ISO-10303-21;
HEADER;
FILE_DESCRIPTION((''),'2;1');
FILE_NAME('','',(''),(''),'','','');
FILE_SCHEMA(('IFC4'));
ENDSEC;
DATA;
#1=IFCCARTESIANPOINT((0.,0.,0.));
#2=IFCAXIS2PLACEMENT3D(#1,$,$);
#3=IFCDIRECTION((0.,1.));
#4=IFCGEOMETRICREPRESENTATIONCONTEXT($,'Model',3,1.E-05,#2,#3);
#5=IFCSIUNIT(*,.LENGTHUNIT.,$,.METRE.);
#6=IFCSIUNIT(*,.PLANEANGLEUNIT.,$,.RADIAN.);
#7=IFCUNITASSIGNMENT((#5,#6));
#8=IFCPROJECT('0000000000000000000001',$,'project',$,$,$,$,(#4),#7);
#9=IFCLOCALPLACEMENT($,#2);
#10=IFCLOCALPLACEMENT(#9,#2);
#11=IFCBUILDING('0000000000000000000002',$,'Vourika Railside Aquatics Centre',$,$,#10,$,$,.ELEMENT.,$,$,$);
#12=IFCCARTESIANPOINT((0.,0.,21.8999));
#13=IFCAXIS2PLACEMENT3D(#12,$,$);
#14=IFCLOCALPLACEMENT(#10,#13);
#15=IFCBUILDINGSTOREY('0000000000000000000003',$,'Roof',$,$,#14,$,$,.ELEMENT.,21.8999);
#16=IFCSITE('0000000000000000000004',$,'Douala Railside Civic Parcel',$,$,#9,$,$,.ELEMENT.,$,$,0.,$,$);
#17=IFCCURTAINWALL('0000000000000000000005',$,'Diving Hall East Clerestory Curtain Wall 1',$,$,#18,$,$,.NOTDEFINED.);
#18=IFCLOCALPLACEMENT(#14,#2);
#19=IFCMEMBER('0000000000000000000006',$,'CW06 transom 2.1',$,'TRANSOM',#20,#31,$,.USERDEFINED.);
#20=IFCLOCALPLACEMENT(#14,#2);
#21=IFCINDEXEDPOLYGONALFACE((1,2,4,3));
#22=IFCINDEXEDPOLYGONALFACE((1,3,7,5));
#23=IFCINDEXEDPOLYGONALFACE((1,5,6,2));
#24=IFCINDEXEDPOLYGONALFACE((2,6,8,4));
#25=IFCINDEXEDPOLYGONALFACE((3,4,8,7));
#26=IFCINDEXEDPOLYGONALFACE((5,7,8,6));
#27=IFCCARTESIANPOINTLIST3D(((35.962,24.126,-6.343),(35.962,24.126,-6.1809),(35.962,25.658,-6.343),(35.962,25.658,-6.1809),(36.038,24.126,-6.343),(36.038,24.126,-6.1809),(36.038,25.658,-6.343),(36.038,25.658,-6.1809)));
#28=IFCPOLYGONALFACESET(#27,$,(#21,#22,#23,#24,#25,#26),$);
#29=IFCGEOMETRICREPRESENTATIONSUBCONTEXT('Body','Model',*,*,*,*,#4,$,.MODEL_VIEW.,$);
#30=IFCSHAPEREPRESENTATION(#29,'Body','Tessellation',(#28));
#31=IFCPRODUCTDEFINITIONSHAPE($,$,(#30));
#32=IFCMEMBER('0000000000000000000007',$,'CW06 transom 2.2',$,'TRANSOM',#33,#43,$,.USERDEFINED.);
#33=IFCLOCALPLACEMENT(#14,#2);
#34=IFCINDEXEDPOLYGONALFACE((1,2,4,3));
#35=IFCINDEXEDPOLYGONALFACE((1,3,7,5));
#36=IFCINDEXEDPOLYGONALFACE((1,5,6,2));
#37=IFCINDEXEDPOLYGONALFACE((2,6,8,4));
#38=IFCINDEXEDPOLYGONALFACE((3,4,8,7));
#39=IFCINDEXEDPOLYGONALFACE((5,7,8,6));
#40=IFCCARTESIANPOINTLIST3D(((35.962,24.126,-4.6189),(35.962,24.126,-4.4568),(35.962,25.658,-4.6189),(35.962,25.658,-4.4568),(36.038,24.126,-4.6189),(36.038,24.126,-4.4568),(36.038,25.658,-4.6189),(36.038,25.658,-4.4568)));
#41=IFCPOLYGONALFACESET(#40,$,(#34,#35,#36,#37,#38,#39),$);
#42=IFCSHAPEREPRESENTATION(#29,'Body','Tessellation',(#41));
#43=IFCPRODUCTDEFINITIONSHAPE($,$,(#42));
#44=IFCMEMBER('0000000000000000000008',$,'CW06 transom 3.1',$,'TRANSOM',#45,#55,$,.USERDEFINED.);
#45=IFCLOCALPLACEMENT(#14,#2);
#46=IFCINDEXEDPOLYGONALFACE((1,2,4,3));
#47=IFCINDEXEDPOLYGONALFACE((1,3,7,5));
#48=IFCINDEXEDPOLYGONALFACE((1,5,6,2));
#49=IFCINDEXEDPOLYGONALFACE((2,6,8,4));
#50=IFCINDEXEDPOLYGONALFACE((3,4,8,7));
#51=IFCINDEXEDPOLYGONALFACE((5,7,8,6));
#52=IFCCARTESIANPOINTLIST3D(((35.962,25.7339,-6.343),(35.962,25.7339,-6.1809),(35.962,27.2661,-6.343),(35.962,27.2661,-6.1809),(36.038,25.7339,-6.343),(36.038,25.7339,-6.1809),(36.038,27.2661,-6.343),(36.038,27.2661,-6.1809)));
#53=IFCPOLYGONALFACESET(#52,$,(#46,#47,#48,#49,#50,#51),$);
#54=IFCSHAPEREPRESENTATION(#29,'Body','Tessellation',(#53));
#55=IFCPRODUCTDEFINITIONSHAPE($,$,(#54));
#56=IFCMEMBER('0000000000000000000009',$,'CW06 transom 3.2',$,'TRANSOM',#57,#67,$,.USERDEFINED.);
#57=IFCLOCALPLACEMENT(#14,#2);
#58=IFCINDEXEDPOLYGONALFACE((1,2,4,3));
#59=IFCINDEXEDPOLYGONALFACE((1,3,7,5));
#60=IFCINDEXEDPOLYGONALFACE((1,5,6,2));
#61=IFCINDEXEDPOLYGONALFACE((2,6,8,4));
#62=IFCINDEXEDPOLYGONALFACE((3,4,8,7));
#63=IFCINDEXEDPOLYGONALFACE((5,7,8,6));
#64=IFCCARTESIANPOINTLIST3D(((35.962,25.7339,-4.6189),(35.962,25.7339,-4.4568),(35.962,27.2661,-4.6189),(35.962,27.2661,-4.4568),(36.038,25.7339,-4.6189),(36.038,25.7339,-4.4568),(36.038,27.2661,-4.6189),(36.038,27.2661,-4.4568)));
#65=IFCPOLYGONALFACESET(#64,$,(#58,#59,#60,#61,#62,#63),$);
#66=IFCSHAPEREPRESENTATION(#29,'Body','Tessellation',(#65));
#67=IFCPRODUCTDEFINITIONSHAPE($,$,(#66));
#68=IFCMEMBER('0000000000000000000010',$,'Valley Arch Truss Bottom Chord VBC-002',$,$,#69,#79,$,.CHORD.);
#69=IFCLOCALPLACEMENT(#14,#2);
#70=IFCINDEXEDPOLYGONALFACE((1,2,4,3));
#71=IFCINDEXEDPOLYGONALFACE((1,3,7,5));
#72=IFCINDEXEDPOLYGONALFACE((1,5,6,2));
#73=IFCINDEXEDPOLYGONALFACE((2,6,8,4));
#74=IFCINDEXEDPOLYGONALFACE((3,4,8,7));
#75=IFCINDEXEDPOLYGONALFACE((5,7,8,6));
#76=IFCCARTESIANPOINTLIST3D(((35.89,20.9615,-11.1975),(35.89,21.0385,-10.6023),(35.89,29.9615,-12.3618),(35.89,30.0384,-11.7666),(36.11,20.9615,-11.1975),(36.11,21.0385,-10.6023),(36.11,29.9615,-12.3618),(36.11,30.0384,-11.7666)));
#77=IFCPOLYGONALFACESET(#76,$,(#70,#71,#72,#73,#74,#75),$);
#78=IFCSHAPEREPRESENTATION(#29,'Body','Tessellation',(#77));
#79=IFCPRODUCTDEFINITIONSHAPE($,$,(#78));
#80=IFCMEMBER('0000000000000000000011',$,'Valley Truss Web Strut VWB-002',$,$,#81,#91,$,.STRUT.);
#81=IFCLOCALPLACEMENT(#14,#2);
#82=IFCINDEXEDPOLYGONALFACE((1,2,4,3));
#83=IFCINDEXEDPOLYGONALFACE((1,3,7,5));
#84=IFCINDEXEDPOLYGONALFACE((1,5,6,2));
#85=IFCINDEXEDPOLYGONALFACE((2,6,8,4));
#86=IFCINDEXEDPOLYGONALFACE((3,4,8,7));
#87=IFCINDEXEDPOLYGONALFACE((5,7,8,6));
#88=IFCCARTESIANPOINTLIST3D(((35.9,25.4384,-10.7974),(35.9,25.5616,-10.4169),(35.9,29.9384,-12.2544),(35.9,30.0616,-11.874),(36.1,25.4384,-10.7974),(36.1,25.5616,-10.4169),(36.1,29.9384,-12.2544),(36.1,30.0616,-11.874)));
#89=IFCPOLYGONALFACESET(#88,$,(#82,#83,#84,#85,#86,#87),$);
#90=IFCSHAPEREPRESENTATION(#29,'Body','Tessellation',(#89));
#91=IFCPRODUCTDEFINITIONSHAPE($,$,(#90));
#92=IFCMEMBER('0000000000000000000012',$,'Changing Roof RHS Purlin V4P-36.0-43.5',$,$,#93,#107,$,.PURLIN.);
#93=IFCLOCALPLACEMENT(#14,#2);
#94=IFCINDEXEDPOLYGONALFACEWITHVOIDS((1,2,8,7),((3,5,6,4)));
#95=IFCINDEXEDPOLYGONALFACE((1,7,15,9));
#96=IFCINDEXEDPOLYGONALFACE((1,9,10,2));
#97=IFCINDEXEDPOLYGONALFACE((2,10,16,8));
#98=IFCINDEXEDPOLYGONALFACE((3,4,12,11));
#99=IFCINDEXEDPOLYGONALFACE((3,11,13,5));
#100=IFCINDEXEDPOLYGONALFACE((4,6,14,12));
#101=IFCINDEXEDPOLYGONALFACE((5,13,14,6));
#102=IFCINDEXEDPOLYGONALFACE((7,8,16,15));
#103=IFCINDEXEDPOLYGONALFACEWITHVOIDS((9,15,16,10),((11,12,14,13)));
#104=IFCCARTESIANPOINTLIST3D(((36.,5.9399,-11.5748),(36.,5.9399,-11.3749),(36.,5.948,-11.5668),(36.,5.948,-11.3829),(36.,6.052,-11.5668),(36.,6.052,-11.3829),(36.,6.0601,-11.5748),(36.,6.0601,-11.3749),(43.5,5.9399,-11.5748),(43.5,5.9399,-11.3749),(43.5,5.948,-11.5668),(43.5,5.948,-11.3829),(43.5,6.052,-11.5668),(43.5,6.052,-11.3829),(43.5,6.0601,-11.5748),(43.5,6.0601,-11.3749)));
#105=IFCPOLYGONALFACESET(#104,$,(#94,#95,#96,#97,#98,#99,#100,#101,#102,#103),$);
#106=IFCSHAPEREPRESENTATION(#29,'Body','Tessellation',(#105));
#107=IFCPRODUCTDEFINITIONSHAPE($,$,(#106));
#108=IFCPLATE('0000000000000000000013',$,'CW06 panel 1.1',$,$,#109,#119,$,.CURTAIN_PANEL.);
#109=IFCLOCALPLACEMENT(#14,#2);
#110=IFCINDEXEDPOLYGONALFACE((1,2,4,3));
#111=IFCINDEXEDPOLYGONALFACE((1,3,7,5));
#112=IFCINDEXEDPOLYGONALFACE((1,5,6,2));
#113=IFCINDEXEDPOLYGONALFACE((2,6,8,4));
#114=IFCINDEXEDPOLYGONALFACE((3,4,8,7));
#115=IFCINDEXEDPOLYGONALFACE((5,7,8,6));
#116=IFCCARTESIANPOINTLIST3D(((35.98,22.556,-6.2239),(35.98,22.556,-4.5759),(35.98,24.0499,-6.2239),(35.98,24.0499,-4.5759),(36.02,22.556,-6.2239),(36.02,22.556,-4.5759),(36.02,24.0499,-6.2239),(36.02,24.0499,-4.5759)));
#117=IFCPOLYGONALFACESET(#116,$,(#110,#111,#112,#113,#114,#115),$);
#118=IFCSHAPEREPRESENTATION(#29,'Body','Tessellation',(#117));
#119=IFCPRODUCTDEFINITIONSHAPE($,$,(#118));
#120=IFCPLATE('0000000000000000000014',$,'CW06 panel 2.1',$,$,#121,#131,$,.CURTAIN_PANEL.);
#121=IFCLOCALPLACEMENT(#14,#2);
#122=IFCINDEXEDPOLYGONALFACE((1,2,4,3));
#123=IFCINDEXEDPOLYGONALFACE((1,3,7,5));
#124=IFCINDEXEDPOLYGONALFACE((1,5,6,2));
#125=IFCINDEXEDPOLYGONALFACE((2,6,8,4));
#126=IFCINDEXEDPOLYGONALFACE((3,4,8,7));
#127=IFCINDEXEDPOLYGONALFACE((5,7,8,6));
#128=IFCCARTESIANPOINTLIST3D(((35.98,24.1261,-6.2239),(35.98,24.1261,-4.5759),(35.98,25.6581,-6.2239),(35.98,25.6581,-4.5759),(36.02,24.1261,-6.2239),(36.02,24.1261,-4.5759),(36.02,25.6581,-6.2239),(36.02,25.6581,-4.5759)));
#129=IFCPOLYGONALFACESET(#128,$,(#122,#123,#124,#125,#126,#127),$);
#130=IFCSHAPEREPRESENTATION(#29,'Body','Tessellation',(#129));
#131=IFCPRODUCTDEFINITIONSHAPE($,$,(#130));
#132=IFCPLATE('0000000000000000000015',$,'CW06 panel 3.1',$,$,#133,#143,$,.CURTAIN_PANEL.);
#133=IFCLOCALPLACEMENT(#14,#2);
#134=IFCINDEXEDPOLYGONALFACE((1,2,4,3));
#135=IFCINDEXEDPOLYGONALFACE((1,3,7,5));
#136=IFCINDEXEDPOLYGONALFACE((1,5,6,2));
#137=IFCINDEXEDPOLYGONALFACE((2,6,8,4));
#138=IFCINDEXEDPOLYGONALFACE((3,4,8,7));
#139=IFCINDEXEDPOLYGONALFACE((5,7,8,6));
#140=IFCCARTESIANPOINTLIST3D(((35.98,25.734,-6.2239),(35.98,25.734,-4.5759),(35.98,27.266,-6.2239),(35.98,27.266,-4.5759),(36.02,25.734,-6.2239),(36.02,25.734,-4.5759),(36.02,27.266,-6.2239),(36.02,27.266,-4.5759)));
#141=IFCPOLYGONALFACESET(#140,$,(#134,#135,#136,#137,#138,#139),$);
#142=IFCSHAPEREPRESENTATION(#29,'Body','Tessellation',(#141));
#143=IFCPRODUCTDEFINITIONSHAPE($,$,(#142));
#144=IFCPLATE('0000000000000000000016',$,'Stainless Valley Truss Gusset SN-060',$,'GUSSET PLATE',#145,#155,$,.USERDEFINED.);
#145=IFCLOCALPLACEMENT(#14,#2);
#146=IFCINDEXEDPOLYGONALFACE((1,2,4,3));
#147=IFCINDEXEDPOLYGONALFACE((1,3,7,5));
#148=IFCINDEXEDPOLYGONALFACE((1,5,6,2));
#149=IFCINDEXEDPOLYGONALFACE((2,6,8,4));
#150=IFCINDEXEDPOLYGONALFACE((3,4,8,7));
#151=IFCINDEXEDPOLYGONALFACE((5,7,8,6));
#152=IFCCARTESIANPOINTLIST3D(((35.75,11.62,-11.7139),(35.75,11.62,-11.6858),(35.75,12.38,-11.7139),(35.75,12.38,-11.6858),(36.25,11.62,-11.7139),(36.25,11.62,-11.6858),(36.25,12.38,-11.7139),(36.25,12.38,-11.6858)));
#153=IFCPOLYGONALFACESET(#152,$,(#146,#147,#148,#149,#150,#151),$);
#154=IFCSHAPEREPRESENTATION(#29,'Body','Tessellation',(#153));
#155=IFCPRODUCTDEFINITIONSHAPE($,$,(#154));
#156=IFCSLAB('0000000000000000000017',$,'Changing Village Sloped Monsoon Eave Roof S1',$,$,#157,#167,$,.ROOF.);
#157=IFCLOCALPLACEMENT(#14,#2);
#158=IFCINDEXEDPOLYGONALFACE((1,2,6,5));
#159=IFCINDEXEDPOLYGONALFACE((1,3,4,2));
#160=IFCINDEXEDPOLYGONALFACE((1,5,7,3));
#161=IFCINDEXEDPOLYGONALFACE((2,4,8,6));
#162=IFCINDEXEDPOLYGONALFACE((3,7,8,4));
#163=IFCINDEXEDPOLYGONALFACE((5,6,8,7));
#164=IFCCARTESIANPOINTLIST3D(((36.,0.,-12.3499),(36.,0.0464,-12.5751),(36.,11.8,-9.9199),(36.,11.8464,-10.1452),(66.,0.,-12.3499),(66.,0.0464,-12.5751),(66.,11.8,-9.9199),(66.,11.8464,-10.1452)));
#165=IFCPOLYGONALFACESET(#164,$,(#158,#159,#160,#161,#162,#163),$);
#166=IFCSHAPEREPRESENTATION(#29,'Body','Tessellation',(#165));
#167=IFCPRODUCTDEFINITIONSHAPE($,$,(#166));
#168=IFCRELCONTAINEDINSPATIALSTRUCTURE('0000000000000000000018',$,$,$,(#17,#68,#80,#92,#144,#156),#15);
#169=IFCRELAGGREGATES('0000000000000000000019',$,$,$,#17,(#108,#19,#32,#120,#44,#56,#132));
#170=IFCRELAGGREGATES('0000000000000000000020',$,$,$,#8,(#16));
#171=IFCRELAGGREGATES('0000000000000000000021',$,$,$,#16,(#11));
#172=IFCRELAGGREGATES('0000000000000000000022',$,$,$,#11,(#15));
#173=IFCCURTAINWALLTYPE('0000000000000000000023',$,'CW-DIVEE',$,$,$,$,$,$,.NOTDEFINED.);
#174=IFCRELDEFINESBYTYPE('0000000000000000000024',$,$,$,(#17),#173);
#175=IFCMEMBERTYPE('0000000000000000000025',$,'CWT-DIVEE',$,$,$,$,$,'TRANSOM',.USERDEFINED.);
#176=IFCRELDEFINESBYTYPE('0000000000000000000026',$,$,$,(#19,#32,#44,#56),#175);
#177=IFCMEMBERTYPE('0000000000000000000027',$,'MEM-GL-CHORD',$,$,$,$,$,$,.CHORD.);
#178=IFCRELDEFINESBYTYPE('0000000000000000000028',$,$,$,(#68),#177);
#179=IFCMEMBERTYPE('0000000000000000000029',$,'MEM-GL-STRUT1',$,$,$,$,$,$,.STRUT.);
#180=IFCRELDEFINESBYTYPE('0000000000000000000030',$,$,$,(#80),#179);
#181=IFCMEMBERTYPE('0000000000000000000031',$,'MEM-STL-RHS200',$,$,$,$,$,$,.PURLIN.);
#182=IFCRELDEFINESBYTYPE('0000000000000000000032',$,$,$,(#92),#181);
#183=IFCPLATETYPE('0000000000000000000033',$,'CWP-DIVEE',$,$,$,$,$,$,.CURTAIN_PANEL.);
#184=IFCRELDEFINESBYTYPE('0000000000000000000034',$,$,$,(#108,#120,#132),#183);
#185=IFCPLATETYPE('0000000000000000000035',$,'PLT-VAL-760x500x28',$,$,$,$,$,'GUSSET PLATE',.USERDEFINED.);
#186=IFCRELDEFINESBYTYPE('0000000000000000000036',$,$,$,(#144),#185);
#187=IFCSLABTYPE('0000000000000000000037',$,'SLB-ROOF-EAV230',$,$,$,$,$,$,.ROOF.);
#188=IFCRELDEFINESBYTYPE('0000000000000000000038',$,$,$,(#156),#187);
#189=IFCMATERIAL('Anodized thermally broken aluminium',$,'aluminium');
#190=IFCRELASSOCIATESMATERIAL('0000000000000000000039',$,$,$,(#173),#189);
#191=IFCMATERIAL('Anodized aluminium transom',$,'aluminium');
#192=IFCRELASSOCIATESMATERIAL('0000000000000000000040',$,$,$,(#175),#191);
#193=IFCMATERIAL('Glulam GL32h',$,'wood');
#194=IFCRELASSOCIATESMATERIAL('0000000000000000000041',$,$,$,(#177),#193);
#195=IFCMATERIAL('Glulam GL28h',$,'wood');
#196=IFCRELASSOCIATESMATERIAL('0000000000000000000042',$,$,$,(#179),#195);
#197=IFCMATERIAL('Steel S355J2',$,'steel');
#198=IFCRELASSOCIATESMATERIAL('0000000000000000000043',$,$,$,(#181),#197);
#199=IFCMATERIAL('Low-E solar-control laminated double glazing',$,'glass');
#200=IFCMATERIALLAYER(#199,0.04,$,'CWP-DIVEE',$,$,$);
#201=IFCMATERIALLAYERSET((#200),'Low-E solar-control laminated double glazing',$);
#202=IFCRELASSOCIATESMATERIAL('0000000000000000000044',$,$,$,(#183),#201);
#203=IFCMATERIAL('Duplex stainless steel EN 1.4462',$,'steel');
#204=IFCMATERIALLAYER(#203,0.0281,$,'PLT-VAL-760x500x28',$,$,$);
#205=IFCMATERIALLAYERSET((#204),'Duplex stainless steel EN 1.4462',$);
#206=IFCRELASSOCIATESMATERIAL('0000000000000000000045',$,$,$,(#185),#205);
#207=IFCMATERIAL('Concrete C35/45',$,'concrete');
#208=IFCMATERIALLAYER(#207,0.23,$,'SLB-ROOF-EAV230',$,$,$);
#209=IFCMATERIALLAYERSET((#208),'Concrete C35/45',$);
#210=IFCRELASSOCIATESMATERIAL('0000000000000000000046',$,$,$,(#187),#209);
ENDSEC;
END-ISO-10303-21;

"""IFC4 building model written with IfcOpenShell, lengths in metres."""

from ifc_helpers import new_model, si_unit, direction, frame, origin, origin_2d, place, context, subcontext, project, spatial, polyline, rectangle, hollow_rectangle, outline, extrude, material, layer, layer_set, material_profile, profile_set, type_object, element, aggregate, save


model = new_model("IFC4")

# Units and contexts
model_context = context("Model", 3, precision=1e-05, world=origin(), true_north=direction((0.0, 1.0)))
body_context = subcontext(model_context, "Body", "Model", "MODEL_VIEW")
ifc_project = project(units=[si_unit("LENGTHUNIT", "METRE"), si_unit("PLANEANGLEUNIT", "RADIAN")], contexts=[model_context])

# Site, building, storey
site_placement = place(None, origin())
site = spatial("IfcSite", under=ifc_project, at=site_placement, Name="Douala Railside Civic Parcel", CompositionType="ELEMENT", RefElevation=0.0)
building_placement = place(site_placement, origin())
building = spatial("IfcBuilding", under=site, at=building_placement, Name="Vourika Railside Aquatics Centre", CompositionType="ELEMENT")
storey_placement = place(building_placement, frame((0.0, 0.0, 21.8999)))
storey = spatial("IfcBuildingStorey", under=building, at=storey_placement, Name="Roof", CompositionType="ELEMENT", Elevation=21.8999)

# Shared definitions
ifc_material_1 = material(Name="Steel S355J2", Category="steel")

# Shared definitions
ifc_material_2 = material(Name="Glulam GL32h", Category="wood")

# Curtain wall, members
ifc_material_3 = material(Name="Anodized thermally broken aluminium", Category="aluminium")
curtain_wall_type = type_object("IfcCurtainWallType", Name="CW-DIVEE", PredefinedType="NOTDEFINED", material=ifc_material_3)
curtain_wall_placement = place(storey_placement, origin())
curtain_wall = element("IfcCurtainWall", 1, at=curtain_wall_placement, inside=storey, type_object=curtain_wall_type, Name="Diving Hall East Clerestory Curtain Wall 1", PredefinedType="NOTDEFINED")
ifc_material_4 = material(Name="Anodized aluminium transom", Category="aluminium")
ifc_material_profile_1 = material_profile(ifc_material_4, rectangle(XDim=0.0759, YDim=0.1621, at=origin_2d()), Name="ALU-T 76x162")
ifc_profile_set_1 = profile_set([ifc_material_profile_1], Name="Anodized aluminium transom")
member_type_1 = type_object("IfcMemberType", Name="CWT-DIVEE", ElementType="TRANSOM", PredefinedType="USERDEFINED", material=ifc_profile_set_1)
member_1_placement = place(storey_placement, frame((36.0, 24.126, -6.262), z_axis=(0.0, 1.0, 0.0), x_axis=(-1.0, 0.0, 0.0)))
member_1 = element("IfcMember", 2, at=member_1_placement, type_object=member_type_1, Name="CW06 transom 2.1", ObjectType="TRANSOM", PredefinedType="USERDEFINED", context=body_context, shape_type="SweptSolid", body=[
    extrude(rectangle(XDim=0.0759, YDim=0.1621, at=origin_2d()), origin(), (0.0, 0.0, 1.0), 1.532),
])
member_2_placement = place(storey_placement, frame((36.0, 24.126, -4.5378), z_axis=(0.0, 1.0, 0.0), x_axis=(-1.0, 0.0, 0.0)))
member_2 = element("IfcMember", 3, at=member_2_placement, type_object=member_type_1, Name="CW06 transom 2.2", ObjectType="TRANSOM", PredefinedType="USERDEFINED", context=body_context, shape_type="SweptSolid", body=[
    extrude(rectangle(XDim=0.0759, YDim=0.1621, at=origin_2d()), origin(), (0.0, 0.0, 1.0), 1.532),
])
member_3_placement = place(storey_placement, frame((36.0, 25.7339, -6.262), z_axis=(0.0, 1.0, 0.0), x_axis=(-1.0, 0.0, 0.0)))
member_3 = element("IfcMember", 4, at=member_3_placement, type_object=member_type_1, Name="CW06 transom 3.1", ObjectType="TRANSOM", PredefinedType="USERDEFINED", context=body_context, shape_type="SweptSolid", body=[
    extrude(rectangle(XDim=0.0759, YDim=0.1621, at=origin_2d()), origin(), (0.0, 0.0, 1.0), 1.5322),
])
member_4_placement = place(storey_placement, frame((36.0, 25.7339, -4.5378), z_axis=(0.0, 1.0, 0.0), x_axis=(-1.0, 0.0, 0.0)))
member_4 = element("IfcMember", 5, at=member_4_placement, type_object=member_type_1, Name="CW06 transom 3.2", ObjectType="TRANSOM", PredefinedType="USERDEFINED", context=body_context, shape_type="SweptSolid", body=[
    extrude(rectangle(XDim=0.0759, YDim=0.1621, at=origin_2d()), origin(), (0.0, 0.0, 1.0), 1.5322),
])

# Members
ifc_material_profile_2 = material_profile(ifc_material_2, rectangle(XDim=0.22, YDim=0.6001, at=origin_2d()), Name="GL32h 220x600")
ifc_profile_set_2 = profile_set([ifc_material_profile_2], Name="Glulam GL32h")
member_type_2 = type_object("IfcMemberType", Name="MEM-GL-CHORD", PredefinedType="CHORD", material=ifc_profile_set_2)
member_5_placement = place(storey_placement, frame((36.0, 21.0, -10.8999), z_axis=(0.0, 0.991736, -0.128298), x_axis=(-1.0, 0.0, 0.0)))
element("IfcMember", 6, at=member_5_placement, inside=storey, type_object=member_type_2, Name="Valley Arch Truss Bottom Chord VBC-002", PredefinedType="CHORD", context=body_context, shape_type="SweptSolid", body=[
    extrude(rectangle(XDim=0.22, YDim=0.6001, at=origin_2d()), origin(), (0.0, 0.0, 1.0), 9.075),
])
ifc_material_5 = material(Name="Glulam GL28h", Category="wood")
ifc_material_profile_3 = material_profile(ifc_material_5, rectangle(XDim=0.2, YDim=0.3999, at=origin_2d()), Name="GL28h 200x400")
ifc_profile_set_3 = profile_set([ifc_material_profile_3], Name="Glulam GL28h")
member_type_3 = type_object("IfcMemberType", Name="MEM-GL-STRUT1", PredefinedType="STRUT", material=ifc_profile_set_3)
member_6_placement = place(storey_placement, frame((36.0, 25.5, -10.6072), z_axis=(0.0, 0.951373, -0.30804), x_axis=(-1.0, 0.0, 0.0)))
element("IfcMember", 7, at=member_6_placement, inside=storey, type_object=member_type_3, Name="Valley Truss Web Strut VWB-002", PredefinedType="STRUT", context=body_context, shape_type="SweptSolid", body=[
    extrude(rectangle(XDim=0.2, YDim=0.3999, at=origin_2d()), origin(), (0.0, 0.0, 1.0), 4.73),
])
ifc_material_profile_4 = material_profile(ifc_material_1, hollow_rectangle(XDim=0.1201, YDim=0.2, WallThickness=0.0081, at=origin_2d()), Name="RHS 200x120x8")
ifc_profile_set_4 = profile_set([ifc_material_profile_4], Name="Steel S355J2")
member_type_4 = type_object("IfcMemberType", Name="MEM-STL-RHS200", PredefinedType="PURLIN", material=ifc_profile_set_4)
member_7_placement = place(storey_placement, frame((36.0, 6.0, -11.4749), z_axis=(1.0, 0.0, 0.0), x_axis=(0.0, 1.0, 0.0)))
element("IfcMember", 8, at=member_7_placement, inside=storey, type_object=member_type_4, Name="Changing Roof RHS Purlin V4P-36.0-43.5", PredefinedType="PURLIN", context=body_context, shape_type="SweptSolid", body=[
    extrude(hollow_rectangle(XDim=0.1201, YDim=0.2, WallThickness=0.0081, at=origin_2d()), origin(), (0.0, 0.0, 1.0), 7.5),
])

# Plates
ifc_material_6 = material(Name="Low-E solar-control laminated double glazing", Category="glass")
ifc_layer_1 = layer(ifc_material_6, 0.04, Name="CWP-DIVEE")
ifc_layer_set_1 = layer_set([ifc_layer_1], Name="Low-E solar-control laminated double glazing")
plate_type_1 = type_object("IfcPlateType", Name="CWP-DIVEE", PredefinedType="CURTAIN_PANEL", material=ifc_layer_set_1)
plate_1_placement = place(storey_placement, frame((36.0, 23.303, -6.2239), z_axis=(0.0, 0.0, 1.0), x_axis=(0.0, 1.0, 0.0)))
plate_1 = element("IfcPlate", 9, at=plate_1_placement, type_object=plate_type_1, Name="CW06 panel 1.1", PredefinedType="CURTAIN_PANEL", context=body_context, shape_type="SweptSolid", body=[
    extrude(rectangle(XDim=1.4939, YDim=0.04, at=origin_2d()), origin(), (0.0, 0.0, 1.0), 1.6479),
])
plate_2_placement = place(storey_placement, frame((36.0, 24.8921, -6.2239), z_axis=(0.0, 0.0, 1.0), x_axis=(0.0, 1.0, 0.0)))
plate_2 = element("IfcPlate", 10, at=plate_2_placement, type_object=plate_type_1, Name="CW06 panel 2.1", PredefinedType="CURTAIN_PANEL", context=body_context, shape_type="SweptSolid", body=[
    extrude(rectangle(XDim=1.532, YDim=0.04, at=origin_2d()), origin(), (0.0, 0.0, 1.0), 1.6479),
])
plate_3_placement = place(storey_placement, frame((36.0, 26.5, -6.2239), z_axis=(0.0, 0.0, 1.0), x_axis=(0.0, 1.0, 0.0)))
plate_3 = element("IfcPlate", 11, at=plate_3_placement, type_object=plate_type_1, Name="CW06 panel 3.1", PredefinedType="CURTAIN_PANEL", context=body_context, shape_type="SweptSolid", body=[
    extrude(rectangle(XDim=1.532, YDim=0.04, at=origin_2d()), origin(), (0.0, 0.0, 1.0), 1.6479),
])
aggregate(curtain_wall, [plate_1, member_1, member_2, plate_2, member_3, member_4, plate_3])
ifc_material_7 = material(Name="Duplex stainless steel EN 1.4462", Category="steel")
ifc_layer_2 = layer(ifc_material_7, 0.0281, Name="PLT-VAL-760x500x28")
ifc_layer_set_2 = layer_set([ifc_layer_2], Name="Duplex stainless steel EN 1.4462")
plate_type_2 = type_object("IfcPlateType", Name="PLT-VAL-760x500x28", ElementType="GUSSET PLATE", PredefinedType="USERDEFINED", material=ifc_layer_set_2)
plate_4_placement = place(storey_placement, frame((36.0, 12.0, -11.7139), z_axis=(0.0, 0.0, 1.0), x_axis=(0.0, 1.0, 0.0)))
element("IfcPlate", 12, at=plate_4_placement, inside=storey, type_object=plate_type_2, Name="Stainless Valley Truss Gusset SN-060", ObjectType="GUSSET PLATE", PredefinedType="USERDEFINED", context=body_context, shape_type="SweptSolid", body=[
    extrude(rectangle(XDim=0.76, YDim=0.5, at=origin_2d()), origin(), (0.0, 0.0, 1.0), 0.0281),
])

# Slab
ifc_material_8 = material(Name="Concrete C35/45", Category="concrete")
ifc_layer_3 = layer(ifc_material_8, 0.23, Name="SLB-ROOF-EAV230")
ifc_layer_set_3 = layer_set([ifc_layer_3], Name="Concrete C35/45")
slab_type = type_object("IfcSlabType", Name="SLB-ROOF-EAV230", PredefinedType="ROOF", material=ifc_layer_set_3)
slab_placement = place(storey_placement, frame((36.0, 0.0, -12.3499), z_axis=(0.0, -0.201694, 0.979449), x_axis=(1.0, 0.0, 0.0)))
element("IfcSlab", 13, at=slab_placement, inside=storey, type_object=slab_type, Name="Changing Village Sloped Monsoon Eave Roof S1", PredefinedType="ROOF", context=body_context, shape_type="SweptSolid", body=[
    extrude(outline(polyline([(0.0, 0.0), (30.0, 0.0), (30.0, 12.0476), (0.0, 12.0476), (0.0, 0.0)])), origin(), (0.0, 0.0, -1.0), 0.23),
])

save(model, "model.ifc")
